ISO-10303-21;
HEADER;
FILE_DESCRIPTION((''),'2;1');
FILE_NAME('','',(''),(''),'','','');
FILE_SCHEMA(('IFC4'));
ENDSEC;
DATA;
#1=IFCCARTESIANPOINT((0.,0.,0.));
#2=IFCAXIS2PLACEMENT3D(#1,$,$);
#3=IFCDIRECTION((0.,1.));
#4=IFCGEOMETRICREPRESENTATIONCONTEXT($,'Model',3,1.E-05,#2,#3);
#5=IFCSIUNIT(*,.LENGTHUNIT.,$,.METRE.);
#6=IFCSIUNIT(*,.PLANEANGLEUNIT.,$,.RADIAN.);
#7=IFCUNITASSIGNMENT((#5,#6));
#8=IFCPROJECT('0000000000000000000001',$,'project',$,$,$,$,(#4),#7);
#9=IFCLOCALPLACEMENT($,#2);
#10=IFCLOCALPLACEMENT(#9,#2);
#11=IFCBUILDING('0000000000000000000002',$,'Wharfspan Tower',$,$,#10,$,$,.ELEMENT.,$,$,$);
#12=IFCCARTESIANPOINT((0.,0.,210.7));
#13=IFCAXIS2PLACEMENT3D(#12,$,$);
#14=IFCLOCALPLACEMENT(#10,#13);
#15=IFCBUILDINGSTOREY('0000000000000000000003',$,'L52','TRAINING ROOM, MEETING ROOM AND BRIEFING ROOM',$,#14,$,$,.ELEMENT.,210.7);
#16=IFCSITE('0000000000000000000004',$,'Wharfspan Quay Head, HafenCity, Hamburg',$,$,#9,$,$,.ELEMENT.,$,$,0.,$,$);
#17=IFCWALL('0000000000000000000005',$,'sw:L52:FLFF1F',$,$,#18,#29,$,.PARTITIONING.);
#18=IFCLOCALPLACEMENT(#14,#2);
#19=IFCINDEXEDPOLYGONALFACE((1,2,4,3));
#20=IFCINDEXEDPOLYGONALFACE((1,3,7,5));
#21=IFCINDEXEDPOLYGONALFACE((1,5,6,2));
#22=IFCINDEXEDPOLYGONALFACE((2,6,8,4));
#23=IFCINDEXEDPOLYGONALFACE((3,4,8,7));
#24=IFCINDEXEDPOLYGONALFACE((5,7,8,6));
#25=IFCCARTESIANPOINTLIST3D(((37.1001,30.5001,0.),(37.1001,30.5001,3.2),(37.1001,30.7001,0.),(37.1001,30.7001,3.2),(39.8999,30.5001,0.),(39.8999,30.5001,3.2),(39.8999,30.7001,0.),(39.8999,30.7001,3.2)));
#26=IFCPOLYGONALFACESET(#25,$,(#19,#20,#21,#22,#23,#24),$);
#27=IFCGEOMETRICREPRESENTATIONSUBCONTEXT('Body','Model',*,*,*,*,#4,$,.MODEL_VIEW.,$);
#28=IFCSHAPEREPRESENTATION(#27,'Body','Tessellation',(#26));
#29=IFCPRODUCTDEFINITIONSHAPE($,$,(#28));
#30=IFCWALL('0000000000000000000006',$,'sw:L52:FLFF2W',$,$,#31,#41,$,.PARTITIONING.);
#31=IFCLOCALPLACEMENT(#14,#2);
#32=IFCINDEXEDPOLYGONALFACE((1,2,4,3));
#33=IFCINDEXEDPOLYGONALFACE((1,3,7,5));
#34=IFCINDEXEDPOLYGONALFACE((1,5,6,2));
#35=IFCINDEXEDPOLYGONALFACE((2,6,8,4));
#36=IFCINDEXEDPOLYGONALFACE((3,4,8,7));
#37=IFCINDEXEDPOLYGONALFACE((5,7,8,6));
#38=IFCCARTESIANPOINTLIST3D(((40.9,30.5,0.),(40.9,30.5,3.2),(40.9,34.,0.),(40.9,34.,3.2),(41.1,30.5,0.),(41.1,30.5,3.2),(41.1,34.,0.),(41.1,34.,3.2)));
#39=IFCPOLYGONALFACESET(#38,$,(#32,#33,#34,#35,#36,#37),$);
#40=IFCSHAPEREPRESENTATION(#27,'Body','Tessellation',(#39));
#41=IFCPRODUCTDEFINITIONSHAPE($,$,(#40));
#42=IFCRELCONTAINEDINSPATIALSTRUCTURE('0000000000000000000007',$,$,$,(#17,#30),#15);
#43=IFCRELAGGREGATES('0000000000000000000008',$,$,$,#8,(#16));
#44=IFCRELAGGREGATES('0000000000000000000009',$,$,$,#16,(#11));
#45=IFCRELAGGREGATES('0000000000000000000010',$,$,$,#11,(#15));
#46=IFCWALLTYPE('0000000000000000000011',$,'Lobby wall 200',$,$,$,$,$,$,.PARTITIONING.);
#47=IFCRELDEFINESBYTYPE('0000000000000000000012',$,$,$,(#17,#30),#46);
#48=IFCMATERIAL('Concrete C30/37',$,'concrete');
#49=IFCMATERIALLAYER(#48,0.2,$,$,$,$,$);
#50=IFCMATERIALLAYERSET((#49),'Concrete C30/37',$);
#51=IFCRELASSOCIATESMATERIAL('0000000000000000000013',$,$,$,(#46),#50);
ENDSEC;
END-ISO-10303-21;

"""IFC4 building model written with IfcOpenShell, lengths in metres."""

from ifc_helpers import new_model, si_unit, direction, frame, frame_2d, origin, place, context, subcontext, project, spatial, rectangle, extrude, material, layer, layer_set, type_object, element, save


model = new_model("IFC4")

# Units and contexts
model_context = context("Model", 3, precision=1e-05, world=origin(), true_north=direction((0.0, 1.0)))
body_context = subcontext(model_context, "Body", "Model", "MODEL_VIEW")
ifc_project = project(units=[si_unit("LENGTHUNIT", "METRE"), si_unit("PLANEANGLEUNIT", "RADIAN")], contexts=[model_context])

# Site, building, storey
site_placement = place(None, origin())
site = spatial("IfcSite", under=ifc_project, at=site_placement, Name="Wharfspan Quay Head, HafenCity, Hamburg", CompositionType="ELEMENT", RefElevation=0.0)
building_placement = place(site_placement, origin())
building = spatial("IfcBuilding", under=site, at=building_placement, Name="Wharfspan Tower", CompositionType="ELEMENT")
storey_placement = place(building_placement, frame((0.0, 0.0, 210.7)))
storey = spatial("IfcBuildingStorey", under=building, at=storey_placement, Name="L52", Description="TRAINING ROOM, MEETING ROOM AND BRIEFING ROOM", CompositionType="ELEMENT", Elevation=210.7)

# Shared definitions
ifc_material_1 = material(Name="Concrete C30/37", Category="concrete")
ifc_layer_1 = layer(ifc_material_1, 0.2)
ifc_layer_set_1 = layer_set([ifc_layer_1], Name="Concrete C30/37")
wall_type_1 = type_object("IfcWallType", Name="Lobby wall 200", PredefinedType="PARTITIONING", material=ifc_layer_set_1)

# Walls
wall_1_placement = place(storey_placement, frame((37.1001, 30.6001, 0.0), z_axis=(0.0, 0.0, 1.0), x_axis=(1.0, 0.0, 0.0)))
element("IfcWall", 1, at=wall_1_placement, inside=storey, type_object=wall_type_1, Name="sw:L52:FLFF1F", PredefinedType="PARTITIONING", context=body_context, shape_type="SweptSolid", body=[
    extrude(rectangle(XDim=2.7998, YDim=0.2, at=frame_2d((1.3999, 0.0))), origin(), (0.0, 0.0, 1.0), 3.2),
])
wall_2_placement = place(storey_placement, frame((41.0, 30.5, 0.0), z_axis=(0.0, 0.0, 1.0), x_axis=(0.0, 1.0, 0.0)))
element("IfcWall", 2, at=wall_2_placement, inside=storey, type_object=wall_type_1, Name="sw:L52:FLFF2W", PredefinedType="PARTITIONING", context=body_context, shape_type="SweptSolid", body=[
    extrude(rectangle(XDim=3.5, YDim=0.2, at=frame_2d((1.75, 0.0))), origin(), (0.0, 0.0, 1.0), 3.2),
])

save(model, "model.ifc")
